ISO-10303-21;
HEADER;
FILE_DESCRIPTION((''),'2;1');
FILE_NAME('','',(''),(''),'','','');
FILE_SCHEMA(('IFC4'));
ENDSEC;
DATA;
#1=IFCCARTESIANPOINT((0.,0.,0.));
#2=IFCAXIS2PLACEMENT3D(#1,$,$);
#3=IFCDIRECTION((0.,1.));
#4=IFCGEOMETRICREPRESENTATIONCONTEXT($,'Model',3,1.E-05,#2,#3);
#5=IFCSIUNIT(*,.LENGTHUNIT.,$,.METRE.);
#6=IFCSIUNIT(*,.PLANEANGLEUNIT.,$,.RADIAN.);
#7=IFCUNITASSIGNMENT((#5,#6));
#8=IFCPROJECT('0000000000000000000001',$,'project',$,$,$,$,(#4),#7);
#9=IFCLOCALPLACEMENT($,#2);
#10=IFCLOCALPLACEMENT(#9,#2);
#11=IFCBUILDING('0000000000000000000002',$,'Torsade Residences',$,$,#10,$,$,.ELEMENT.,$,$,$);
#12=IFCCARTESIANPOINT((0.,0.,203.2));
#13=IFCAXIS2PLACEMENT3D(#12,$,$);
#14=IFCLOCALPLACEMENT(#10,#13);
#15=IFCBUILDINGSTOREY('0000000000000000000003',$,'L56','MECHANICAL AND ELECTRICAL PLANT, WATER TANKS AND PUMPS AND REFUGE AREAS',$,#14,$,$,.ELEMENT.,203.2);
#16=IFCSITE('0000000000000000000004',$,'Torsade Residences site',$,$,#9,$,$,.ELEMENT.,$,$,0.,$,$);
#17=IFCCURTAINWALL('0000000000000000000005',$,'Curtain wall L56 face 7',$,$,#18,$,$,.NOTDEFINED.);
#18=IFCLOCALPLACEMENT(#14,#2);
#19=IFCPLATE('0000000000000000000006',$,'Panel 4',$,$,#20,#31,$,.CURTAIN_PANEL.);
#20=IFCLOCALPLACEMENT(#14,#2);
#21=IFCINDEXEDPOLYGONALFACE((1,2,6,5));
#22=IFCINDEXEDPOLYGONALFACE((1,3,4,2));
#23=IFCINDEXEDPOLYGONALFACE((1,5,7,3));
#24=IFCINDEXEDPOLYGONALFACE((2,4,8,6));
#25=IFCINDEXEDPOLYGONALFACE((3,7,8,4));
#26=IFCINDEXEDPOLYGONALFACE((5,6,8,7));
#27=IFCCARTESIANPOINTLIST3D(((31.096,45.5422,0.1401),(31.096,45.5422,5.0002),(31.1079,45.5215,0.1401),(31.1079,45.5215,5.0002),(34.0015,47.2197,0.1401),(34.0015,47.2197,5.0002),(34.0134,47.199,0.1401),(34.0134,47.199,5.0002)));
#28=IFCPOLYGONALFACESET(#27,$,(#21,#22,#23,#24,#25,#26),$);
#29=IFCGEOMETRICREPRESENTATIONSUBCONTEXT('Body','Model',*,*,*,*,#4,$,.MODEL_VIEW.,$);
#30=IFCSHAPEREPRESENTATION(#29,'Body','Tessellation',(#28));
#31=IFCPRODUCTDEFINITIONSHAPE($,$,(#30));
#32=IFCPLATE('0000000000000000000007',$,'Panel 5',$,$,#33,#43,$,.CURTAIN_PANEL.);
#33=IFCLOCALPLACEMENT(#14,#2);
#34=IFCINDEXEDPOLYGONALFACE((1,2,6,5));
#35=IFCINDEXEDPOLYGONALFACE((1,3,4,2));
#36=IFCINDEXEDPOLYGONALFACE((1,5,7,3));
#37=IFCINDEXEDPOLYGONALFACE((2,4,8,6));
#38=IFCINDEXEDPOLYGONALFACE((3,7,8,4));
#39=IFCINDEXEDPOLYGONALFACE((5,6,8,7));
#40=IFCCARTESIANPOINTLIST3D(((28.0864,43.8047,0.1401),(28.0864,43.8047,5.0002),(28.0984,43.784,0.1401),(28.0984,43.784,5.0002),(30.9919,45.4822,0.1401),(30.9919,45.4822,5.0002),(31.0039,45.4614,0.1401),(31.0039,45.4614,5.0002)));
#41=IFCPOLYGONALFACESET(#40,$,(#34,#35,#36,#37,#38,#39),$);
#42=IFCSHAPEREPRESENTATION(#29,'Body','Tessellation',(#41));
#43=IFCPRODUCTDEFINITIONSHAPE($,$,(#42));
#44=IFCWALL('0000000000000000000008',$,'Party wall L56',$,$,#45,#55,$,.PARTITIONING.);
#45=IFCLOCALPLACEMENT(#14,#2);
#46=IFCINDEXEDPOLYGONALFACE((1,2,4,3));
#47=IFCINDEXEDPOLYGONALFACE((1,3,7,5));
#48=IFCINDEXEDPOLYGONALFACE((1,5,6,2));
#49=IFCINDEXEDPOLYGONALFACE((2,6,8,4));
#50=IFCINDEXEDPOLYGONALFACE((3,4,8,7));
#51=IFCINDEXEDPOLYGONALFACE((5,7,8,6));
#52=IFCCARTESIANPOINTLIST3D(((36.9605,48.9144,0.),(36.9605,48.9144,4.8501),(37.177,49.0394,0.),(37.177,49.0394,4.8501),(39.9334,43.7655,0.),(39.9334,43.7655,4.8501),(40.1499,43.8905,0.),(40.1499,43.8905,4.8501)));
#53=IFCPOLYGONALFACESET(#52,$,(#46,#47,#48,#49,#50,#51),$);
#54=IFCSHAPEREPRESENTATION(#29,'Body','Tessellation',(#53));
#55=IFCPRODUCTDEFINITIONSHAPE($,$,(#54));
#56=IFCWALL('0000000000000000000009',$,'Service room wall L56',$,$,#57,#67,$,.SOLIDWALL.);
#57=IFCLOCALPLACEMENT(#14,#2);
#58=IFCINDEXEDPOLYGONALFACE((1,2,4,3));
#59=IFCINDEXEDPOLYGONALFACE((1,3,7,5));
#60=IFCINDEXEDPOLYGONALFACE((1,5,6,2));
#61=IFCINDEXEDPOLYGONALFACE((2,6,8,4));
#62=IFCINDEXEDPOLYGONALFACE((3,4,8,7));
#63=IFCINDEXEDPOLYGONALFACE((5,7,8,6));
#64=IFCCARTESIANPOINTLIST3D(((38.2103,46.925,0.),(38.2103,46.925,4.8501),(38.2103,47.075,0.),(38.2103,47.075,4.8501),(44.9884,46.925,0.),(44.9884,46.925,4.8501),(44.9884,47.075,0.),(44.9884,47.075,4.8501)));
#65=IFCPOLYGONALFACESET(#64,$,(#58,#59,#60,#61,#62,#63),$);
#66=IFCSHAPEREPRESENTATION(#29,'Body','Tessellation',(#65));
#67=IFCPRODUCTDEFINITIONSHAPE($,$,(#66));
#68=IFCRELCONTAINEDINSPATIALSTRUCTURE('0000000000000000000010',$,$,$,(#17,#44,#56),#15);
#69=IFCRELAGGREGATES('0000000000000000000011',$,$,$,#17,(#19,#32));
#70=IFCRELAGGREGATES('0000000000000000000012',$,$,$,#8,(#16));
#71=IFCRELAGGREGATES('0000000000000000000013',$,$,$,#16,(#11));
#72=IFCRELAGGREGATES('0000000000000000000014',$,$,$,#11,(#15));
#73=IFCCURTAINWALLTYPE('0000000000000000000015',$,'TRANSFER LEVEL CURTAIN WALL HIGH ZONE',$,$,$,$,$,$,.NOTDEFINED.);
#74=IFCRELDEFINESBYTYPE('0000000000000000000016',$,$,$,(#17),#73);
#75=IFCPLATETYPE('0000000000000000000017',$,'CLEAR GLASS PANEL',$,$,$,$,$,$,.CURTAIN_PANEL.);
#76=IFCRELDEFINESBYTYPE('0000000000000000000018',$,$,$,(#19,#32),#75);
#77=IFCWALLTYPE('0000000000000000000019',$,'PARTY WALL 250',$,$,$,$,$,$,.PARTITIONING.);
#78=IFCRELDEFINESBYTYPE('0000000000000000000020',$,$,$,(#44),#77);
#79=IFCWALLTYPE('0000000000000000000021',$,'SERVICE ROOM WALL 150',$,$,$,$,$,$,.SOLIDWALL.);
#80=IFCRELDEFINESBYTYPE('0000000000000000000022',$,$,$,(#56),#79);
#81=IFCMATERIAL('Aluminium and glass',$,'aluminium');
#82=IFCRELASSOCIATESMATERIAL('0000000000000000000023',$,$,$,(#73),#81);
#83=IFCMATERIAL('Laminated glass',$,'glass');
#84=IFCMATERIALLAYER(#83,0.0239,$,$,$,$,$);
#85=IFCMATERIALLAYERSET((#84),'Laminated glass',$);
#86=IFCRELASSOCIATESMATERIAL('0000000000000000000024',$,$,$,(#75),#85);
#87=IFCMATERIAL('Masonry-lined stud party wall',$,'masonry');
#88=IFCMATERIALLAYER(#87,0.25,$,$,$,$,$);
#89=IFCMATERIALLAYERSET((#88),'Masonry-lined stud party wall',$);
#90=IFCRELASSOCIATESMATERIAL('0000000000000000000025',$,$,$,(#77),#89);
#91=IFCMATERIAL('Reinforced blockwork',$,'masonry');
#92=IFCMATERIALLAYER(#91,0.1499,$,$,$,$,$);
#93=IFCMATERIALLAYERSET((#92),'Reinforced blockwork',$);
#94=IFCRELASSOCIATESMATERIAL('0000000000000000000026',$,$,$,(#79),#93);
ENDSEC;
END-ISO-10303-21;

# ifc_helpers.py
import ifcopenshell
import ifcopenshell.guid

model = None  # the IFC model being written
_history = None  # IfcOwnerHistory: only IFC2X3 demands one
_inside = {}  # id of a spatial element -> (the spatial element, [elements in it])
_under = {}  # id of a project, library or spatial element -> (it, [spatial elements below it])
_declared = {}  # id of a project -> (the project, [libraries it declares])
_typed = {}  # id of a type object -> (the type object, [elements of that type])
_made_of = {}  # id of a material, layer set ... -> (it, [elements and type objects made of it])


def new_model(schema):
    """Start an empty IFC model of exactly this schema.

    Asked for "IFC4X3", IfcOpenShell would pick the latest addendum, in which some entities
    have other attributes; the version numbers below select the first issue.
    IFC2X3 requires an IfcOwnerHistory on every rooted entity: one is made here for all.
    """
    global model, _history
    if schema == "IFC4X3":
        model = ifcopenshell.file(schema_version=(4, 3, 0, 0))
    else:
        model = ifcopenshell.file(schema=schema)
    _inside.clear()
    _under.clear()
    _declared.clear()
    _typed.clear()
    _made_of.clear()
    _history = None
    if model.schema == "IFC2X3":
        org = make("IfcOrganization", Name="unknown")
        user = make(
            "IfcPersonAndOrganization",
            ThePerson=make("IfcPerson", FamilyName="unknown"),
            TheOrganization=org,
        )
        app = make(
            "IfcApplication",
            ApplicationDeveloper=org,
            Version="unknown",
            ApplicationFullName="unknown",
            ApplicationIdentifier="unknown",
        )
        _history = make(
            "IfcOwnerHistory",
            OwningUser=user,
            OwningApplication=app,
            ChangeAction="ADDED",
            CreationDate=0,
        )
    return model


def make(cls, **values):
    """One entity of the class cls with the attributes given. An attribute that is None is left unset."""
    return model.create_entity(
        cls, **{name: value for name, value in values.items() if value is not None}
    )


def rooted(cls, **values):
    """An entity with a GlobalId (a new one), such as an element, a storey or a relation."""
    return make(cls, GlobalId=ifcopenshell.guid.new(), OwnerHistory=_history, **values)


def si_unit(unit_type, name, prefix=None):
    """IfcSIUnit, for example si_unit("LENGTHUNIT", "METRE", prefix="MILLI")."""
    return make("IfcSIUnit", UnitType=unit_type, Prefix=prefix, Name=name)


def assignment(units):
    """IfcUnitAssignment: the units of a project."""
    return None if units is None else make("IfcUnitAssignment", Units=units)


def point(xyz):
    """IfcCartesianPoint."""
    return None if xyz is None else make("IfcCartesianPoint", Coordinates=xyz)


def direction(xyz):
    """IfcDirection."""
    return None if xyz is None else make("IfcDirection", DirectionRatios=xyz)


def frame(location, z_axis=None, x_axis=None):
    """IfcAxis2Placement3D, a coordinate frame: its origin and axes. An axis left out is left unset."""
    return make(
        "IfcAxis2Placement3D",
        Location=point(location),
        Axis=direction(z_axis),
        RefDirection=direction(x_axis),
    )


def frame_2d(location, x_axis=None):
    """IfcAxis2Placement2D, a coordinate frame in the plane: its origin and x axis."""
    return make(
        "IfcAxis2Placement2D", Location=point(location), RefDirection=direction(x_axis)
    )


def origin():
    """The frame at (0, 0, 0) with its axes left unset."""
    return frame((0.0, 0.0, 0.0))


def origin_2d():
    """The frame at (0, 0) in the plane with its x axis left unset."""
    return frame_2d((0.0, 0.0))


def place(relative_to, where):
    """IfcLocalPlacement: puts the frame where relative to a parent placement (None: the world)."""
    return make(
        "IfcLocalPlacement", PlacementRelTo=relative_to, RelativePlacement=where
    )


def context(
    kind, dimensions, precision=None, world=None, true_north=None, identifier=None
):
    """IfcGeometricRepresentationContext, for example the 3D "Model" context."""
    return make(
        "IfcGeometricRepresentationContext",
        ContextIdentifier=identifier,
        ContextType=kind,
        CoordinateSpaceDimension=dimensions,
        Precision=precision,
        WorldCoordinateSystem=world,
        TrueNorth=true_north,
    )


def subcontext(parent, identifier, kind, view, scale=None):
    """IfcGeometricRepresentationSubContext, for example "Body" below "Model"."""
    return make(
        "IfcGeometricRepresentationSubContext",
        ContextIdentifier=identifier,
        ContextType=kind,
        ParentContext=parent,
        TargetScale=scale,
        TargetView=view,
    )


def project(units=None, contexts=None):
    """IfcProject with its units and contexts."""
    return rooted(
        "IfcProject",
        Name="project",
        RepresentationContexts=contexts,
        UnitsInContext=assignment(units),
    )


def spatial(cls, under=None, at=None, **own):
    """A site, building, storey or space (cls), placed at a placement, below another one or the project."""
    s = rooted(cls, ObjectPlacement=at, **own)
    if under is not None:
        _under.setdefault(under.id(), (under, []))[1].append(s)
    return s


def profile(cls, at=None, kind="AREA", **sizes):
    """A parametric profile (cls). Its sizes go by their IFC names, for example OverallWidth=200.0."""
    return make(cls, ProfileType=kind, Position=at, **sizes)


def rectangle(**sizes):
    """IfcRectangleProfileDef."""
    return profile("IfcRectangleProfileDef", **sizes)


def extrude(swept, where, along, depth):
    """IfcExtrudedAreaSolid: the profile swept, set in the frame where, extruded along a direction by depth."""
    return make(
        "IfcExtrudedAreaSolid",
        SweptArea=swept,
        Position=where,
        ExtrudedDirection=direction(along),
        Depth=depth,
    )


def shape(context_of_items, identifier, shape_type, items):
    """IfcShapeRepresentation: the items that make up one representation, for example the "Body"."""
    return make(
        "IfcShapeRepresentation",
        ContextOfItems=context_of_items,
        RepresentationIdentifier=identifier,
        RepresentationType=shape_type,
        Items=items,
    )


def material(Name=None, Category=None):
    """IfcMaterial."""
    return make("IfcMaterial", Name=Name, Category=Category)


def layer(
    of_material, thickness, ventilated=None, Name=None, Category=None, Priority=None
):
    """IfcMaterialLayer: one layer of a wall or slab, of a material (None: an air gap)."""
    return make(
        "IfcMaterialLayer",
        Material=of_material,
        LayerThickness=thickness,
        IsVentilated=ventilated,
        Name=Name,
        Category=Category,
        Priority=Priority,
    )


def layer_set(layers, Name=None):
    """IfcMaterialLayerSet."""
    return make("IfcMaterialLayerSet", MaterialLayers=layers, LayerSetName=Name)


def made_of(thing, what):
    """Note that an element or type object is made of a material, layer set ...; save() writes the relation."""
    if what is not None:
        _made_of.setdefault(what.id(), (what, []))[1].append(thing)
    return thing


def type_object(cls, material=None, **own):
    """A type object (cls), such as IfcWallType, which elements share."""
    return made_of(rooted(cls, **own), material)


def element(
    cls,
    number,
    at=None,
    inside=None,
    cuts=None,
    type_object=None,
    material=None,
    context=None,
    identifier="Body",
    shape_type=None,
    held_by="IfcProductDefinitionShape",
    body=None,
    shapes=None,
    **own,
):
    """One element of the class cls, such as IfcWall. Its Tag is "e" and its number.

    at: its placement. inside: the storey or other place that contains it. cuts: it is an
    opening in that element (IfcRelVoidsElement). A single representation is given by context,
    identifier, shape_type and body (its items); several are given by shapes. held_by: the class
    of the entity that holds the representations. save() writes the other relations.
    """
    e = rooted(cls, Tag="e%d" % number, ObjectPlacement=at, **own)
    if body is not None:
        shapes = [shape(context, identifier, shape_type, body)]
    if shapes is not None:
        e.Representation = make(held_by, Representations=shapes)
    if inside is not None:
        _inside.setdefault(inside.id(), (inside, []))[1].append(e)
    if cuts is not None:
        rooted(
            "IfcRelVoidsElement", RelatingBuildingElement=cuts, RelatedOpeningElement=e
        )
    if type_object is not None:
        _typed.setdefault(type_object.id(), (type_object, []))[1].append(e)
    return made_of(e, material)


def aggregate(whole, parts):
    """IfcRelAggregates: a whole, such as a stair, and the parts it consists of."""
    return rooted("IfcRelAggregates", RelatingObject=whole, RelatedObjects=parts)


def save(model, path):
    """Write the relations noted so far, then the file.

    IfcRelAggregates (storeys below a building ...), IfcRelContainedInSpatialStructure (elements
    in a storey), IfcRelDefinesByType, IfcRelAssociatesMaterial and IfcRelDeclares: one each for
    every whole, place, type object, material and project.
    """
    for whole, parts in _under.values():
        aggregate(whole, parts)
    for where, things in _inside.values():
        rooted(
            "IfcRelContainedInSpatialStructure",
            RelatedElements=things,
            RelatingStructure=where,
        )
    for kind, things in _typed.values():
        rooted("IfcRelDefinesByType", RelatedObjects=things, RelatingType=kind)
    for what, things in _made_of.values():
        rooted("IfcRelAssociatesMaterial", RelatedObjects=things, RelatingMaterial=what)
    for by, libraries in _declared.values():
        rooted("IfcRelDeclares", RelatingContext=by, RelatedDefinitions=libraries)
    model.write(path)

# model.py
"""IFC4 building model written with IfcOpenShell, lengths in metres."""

from ifc_helpers import new_model, si_unit, direction, frame, frame_2d, origin, origin_2d, place, context, subcontext, project, spatial, rectangle, extrude, material, layer, layer_set, type_object, element, aggregate, save


model = new_model("IFC4")

# Units and contexts
model_context = context("Model", 3, precision=1e-05, world=origin(), true_north=direction((0.0, 1.0)))
body_context = subcontext(model_context, "Body", "Model", "MODEL_VIEW")
ifc_project = project(units=[si_unit("LENGTHUNIT", "METRE"), si_unit("PLANEANGLEUNIT", "RADIAN")], contexts=[model_context])

# Site, building, storey
site_placement = place(None, origin())
site = spatial("IfcSite", under=ifc_project, at=site_placement, Name="Torsade Residences site", CompositionType="ELEMENT", RefElevation=0.0)
building_placement = place(site_placement, origin())
building = spatial("IfcBuilding", under=site, at=building_placement, Name="Torsade Residences", CompositionType="ELEMENT")
storey_placement = place(building_placement, frame((0.0, 0.0, 203.2)))
storey = spatial("IfcBuildingStorey", under=building, at=storey_placement, Name="L56", Description="MECHANICAL AND ELECTRICAL PLANT, WATER TANKS AND PUMPS AND REFUGE AREAS", CompositionType="ELEMENT", Elevation=203.2)

# Curtain wall
ifc_material_1 = material(Name="Aluminium and glass", Category="aluminium")
curtain_wall_type = type_object("IfcCurtainWallType", Name="TRANSFER LEVEL CURTAIN WALL HIGH ZONE", PredefinedType="NOTDEFINED", material=ifc_material_1)
curtain_wall_placement = place(storey_placement, origin())
curtain_wall = element("IfcCurtainWall", 1, at=curtain_wall_placement, inside=storey, type_object=curtain_wall_type, Name="Curtain wall L56 face 7", PredefinedType="NOTDEFINED")

# Plates
ifc_material_2 = material(Name="Laminated glass", Category="glass")
ifc_layer_1 = layer(ifc_material_2, 0.0239)
ifc_layer_set_1 = layer_set([ifc_layer_1], Name="Laminated glass")
plate_type = type_object("IfcPlateType", Name="CLEAR GLASS PANEL", PredefinedType="CURTAIN_PANEL", material=ifc_layer_set_1)
plate_1_placement = place(storey_placement, frame((32.5547, 46.3706, 0.1401), z_axis=(0.0, 0.0, 1.0), x_axis=(-0.866025, -0.5, 0.0)))
plate_1 = element("IfcPlate", 2, at=plate_1_placement, type_object=plate_type, Name="Panel 4", PredefinedType="CURTAIN_PANEL", context=body_context, shape_type="SweptSolid", body=[
    extrude(rectangle(XDim=3.355, YDim=0.0239, at=origin_2d()), origin(), (0.0, 0.0, 1.0), 4.8601),
])
plate_2_placement = place(storey_placement, frame((29.5452, 44.6331, 0.1401), z_axis=(0.0, 0.0, 1.0), x_axis=(-0.866025, -0.5, 0.0)))
plate_2 = element("IfcPlate", 3, at=plate_2_placement, type_object=plate_type, Name="Panel 5", PredefinedType="CURTAIN_PANEL", context=body_context, shape_type="SweptSolid", body=[
    extrude(rectangle(XDim=3.355, YDim=0.0239, at=origin_2d()), origin(), (0.0, 0.0, 1.0), 4.8601),
])
aggregate(curtain_wall, [plate_1, plate_2])

# Walls
ifc_material_3 = material(Name="Masonry-lined stud party wall", Category="masonry")
ifc_layer_2 = layer(ifc_material_3, 0.25)
ifc_layer_set_2 = layer_set([ifc_layer_2], Name="Masonry-lined stud party wall")
wall_type_1 = type_object("IfcWallType", Name="PARTY WALL 250", PredefinedType="PARTITIONING", material=ifc_layer_set_2)
wall_1_placement = place(storey_placement, frame((37.0688, 48.9768, 0.0), z_axis=(0.0, 0.0, 1.0), x_axis=(0.500021, -0.866013, 0.0)))
element("IfcWall", 4, at=wall_1_placement, inside=storey, type_object=wall_type_1, Name="Party wall L56", PredefinedType="PARTITIONING", context=body_context, shape_type="SweptSolid", body=[
    extrude(rectangle(XDim=5.9456, YDim=0.25, at=frame_2d((2.9727, 0.0))), origin(), (0.0, 0.0, 1.0), 4.8501),
])
ifc_material_4 = material(Name="Reinforced blockwork", Category="masonry")
ifc_layer_3 = layer(ifc_material_4, 0.1499)
ifc_layer_set_3 = layer_set([ifc_layer_3], Name="Reinforced blockwork")
wall_type_2 = type_object("IfcWallType", Name="SERVICE ROOM WALL 150", PredefinedType="SOLIDWALL", material=ifc_layer_set_3)
wall_2_placement = place(storey_placement, frame((38.2102, 47.0, 0.0), z_axis=(0.0, 0.0, 1.0), x_axis=(1.0, 0.0, 0.0)))
element("IfcWall", 5, at=wall_2_placement, inside=storey, type_object=wall_type_2, Name="Service room wall L56", PredefinedType="SOLIDWALL", context=body_context, shape_type="SweptSolid", body=[
    extrude(rectangle(XDim=6.7781, YDim=0.1499, at=frame_2d((3.3892, 0.0))), origin(), (0.0, 0.0, 1.0), 4.8501),
])

save(model, "model.ifc")
